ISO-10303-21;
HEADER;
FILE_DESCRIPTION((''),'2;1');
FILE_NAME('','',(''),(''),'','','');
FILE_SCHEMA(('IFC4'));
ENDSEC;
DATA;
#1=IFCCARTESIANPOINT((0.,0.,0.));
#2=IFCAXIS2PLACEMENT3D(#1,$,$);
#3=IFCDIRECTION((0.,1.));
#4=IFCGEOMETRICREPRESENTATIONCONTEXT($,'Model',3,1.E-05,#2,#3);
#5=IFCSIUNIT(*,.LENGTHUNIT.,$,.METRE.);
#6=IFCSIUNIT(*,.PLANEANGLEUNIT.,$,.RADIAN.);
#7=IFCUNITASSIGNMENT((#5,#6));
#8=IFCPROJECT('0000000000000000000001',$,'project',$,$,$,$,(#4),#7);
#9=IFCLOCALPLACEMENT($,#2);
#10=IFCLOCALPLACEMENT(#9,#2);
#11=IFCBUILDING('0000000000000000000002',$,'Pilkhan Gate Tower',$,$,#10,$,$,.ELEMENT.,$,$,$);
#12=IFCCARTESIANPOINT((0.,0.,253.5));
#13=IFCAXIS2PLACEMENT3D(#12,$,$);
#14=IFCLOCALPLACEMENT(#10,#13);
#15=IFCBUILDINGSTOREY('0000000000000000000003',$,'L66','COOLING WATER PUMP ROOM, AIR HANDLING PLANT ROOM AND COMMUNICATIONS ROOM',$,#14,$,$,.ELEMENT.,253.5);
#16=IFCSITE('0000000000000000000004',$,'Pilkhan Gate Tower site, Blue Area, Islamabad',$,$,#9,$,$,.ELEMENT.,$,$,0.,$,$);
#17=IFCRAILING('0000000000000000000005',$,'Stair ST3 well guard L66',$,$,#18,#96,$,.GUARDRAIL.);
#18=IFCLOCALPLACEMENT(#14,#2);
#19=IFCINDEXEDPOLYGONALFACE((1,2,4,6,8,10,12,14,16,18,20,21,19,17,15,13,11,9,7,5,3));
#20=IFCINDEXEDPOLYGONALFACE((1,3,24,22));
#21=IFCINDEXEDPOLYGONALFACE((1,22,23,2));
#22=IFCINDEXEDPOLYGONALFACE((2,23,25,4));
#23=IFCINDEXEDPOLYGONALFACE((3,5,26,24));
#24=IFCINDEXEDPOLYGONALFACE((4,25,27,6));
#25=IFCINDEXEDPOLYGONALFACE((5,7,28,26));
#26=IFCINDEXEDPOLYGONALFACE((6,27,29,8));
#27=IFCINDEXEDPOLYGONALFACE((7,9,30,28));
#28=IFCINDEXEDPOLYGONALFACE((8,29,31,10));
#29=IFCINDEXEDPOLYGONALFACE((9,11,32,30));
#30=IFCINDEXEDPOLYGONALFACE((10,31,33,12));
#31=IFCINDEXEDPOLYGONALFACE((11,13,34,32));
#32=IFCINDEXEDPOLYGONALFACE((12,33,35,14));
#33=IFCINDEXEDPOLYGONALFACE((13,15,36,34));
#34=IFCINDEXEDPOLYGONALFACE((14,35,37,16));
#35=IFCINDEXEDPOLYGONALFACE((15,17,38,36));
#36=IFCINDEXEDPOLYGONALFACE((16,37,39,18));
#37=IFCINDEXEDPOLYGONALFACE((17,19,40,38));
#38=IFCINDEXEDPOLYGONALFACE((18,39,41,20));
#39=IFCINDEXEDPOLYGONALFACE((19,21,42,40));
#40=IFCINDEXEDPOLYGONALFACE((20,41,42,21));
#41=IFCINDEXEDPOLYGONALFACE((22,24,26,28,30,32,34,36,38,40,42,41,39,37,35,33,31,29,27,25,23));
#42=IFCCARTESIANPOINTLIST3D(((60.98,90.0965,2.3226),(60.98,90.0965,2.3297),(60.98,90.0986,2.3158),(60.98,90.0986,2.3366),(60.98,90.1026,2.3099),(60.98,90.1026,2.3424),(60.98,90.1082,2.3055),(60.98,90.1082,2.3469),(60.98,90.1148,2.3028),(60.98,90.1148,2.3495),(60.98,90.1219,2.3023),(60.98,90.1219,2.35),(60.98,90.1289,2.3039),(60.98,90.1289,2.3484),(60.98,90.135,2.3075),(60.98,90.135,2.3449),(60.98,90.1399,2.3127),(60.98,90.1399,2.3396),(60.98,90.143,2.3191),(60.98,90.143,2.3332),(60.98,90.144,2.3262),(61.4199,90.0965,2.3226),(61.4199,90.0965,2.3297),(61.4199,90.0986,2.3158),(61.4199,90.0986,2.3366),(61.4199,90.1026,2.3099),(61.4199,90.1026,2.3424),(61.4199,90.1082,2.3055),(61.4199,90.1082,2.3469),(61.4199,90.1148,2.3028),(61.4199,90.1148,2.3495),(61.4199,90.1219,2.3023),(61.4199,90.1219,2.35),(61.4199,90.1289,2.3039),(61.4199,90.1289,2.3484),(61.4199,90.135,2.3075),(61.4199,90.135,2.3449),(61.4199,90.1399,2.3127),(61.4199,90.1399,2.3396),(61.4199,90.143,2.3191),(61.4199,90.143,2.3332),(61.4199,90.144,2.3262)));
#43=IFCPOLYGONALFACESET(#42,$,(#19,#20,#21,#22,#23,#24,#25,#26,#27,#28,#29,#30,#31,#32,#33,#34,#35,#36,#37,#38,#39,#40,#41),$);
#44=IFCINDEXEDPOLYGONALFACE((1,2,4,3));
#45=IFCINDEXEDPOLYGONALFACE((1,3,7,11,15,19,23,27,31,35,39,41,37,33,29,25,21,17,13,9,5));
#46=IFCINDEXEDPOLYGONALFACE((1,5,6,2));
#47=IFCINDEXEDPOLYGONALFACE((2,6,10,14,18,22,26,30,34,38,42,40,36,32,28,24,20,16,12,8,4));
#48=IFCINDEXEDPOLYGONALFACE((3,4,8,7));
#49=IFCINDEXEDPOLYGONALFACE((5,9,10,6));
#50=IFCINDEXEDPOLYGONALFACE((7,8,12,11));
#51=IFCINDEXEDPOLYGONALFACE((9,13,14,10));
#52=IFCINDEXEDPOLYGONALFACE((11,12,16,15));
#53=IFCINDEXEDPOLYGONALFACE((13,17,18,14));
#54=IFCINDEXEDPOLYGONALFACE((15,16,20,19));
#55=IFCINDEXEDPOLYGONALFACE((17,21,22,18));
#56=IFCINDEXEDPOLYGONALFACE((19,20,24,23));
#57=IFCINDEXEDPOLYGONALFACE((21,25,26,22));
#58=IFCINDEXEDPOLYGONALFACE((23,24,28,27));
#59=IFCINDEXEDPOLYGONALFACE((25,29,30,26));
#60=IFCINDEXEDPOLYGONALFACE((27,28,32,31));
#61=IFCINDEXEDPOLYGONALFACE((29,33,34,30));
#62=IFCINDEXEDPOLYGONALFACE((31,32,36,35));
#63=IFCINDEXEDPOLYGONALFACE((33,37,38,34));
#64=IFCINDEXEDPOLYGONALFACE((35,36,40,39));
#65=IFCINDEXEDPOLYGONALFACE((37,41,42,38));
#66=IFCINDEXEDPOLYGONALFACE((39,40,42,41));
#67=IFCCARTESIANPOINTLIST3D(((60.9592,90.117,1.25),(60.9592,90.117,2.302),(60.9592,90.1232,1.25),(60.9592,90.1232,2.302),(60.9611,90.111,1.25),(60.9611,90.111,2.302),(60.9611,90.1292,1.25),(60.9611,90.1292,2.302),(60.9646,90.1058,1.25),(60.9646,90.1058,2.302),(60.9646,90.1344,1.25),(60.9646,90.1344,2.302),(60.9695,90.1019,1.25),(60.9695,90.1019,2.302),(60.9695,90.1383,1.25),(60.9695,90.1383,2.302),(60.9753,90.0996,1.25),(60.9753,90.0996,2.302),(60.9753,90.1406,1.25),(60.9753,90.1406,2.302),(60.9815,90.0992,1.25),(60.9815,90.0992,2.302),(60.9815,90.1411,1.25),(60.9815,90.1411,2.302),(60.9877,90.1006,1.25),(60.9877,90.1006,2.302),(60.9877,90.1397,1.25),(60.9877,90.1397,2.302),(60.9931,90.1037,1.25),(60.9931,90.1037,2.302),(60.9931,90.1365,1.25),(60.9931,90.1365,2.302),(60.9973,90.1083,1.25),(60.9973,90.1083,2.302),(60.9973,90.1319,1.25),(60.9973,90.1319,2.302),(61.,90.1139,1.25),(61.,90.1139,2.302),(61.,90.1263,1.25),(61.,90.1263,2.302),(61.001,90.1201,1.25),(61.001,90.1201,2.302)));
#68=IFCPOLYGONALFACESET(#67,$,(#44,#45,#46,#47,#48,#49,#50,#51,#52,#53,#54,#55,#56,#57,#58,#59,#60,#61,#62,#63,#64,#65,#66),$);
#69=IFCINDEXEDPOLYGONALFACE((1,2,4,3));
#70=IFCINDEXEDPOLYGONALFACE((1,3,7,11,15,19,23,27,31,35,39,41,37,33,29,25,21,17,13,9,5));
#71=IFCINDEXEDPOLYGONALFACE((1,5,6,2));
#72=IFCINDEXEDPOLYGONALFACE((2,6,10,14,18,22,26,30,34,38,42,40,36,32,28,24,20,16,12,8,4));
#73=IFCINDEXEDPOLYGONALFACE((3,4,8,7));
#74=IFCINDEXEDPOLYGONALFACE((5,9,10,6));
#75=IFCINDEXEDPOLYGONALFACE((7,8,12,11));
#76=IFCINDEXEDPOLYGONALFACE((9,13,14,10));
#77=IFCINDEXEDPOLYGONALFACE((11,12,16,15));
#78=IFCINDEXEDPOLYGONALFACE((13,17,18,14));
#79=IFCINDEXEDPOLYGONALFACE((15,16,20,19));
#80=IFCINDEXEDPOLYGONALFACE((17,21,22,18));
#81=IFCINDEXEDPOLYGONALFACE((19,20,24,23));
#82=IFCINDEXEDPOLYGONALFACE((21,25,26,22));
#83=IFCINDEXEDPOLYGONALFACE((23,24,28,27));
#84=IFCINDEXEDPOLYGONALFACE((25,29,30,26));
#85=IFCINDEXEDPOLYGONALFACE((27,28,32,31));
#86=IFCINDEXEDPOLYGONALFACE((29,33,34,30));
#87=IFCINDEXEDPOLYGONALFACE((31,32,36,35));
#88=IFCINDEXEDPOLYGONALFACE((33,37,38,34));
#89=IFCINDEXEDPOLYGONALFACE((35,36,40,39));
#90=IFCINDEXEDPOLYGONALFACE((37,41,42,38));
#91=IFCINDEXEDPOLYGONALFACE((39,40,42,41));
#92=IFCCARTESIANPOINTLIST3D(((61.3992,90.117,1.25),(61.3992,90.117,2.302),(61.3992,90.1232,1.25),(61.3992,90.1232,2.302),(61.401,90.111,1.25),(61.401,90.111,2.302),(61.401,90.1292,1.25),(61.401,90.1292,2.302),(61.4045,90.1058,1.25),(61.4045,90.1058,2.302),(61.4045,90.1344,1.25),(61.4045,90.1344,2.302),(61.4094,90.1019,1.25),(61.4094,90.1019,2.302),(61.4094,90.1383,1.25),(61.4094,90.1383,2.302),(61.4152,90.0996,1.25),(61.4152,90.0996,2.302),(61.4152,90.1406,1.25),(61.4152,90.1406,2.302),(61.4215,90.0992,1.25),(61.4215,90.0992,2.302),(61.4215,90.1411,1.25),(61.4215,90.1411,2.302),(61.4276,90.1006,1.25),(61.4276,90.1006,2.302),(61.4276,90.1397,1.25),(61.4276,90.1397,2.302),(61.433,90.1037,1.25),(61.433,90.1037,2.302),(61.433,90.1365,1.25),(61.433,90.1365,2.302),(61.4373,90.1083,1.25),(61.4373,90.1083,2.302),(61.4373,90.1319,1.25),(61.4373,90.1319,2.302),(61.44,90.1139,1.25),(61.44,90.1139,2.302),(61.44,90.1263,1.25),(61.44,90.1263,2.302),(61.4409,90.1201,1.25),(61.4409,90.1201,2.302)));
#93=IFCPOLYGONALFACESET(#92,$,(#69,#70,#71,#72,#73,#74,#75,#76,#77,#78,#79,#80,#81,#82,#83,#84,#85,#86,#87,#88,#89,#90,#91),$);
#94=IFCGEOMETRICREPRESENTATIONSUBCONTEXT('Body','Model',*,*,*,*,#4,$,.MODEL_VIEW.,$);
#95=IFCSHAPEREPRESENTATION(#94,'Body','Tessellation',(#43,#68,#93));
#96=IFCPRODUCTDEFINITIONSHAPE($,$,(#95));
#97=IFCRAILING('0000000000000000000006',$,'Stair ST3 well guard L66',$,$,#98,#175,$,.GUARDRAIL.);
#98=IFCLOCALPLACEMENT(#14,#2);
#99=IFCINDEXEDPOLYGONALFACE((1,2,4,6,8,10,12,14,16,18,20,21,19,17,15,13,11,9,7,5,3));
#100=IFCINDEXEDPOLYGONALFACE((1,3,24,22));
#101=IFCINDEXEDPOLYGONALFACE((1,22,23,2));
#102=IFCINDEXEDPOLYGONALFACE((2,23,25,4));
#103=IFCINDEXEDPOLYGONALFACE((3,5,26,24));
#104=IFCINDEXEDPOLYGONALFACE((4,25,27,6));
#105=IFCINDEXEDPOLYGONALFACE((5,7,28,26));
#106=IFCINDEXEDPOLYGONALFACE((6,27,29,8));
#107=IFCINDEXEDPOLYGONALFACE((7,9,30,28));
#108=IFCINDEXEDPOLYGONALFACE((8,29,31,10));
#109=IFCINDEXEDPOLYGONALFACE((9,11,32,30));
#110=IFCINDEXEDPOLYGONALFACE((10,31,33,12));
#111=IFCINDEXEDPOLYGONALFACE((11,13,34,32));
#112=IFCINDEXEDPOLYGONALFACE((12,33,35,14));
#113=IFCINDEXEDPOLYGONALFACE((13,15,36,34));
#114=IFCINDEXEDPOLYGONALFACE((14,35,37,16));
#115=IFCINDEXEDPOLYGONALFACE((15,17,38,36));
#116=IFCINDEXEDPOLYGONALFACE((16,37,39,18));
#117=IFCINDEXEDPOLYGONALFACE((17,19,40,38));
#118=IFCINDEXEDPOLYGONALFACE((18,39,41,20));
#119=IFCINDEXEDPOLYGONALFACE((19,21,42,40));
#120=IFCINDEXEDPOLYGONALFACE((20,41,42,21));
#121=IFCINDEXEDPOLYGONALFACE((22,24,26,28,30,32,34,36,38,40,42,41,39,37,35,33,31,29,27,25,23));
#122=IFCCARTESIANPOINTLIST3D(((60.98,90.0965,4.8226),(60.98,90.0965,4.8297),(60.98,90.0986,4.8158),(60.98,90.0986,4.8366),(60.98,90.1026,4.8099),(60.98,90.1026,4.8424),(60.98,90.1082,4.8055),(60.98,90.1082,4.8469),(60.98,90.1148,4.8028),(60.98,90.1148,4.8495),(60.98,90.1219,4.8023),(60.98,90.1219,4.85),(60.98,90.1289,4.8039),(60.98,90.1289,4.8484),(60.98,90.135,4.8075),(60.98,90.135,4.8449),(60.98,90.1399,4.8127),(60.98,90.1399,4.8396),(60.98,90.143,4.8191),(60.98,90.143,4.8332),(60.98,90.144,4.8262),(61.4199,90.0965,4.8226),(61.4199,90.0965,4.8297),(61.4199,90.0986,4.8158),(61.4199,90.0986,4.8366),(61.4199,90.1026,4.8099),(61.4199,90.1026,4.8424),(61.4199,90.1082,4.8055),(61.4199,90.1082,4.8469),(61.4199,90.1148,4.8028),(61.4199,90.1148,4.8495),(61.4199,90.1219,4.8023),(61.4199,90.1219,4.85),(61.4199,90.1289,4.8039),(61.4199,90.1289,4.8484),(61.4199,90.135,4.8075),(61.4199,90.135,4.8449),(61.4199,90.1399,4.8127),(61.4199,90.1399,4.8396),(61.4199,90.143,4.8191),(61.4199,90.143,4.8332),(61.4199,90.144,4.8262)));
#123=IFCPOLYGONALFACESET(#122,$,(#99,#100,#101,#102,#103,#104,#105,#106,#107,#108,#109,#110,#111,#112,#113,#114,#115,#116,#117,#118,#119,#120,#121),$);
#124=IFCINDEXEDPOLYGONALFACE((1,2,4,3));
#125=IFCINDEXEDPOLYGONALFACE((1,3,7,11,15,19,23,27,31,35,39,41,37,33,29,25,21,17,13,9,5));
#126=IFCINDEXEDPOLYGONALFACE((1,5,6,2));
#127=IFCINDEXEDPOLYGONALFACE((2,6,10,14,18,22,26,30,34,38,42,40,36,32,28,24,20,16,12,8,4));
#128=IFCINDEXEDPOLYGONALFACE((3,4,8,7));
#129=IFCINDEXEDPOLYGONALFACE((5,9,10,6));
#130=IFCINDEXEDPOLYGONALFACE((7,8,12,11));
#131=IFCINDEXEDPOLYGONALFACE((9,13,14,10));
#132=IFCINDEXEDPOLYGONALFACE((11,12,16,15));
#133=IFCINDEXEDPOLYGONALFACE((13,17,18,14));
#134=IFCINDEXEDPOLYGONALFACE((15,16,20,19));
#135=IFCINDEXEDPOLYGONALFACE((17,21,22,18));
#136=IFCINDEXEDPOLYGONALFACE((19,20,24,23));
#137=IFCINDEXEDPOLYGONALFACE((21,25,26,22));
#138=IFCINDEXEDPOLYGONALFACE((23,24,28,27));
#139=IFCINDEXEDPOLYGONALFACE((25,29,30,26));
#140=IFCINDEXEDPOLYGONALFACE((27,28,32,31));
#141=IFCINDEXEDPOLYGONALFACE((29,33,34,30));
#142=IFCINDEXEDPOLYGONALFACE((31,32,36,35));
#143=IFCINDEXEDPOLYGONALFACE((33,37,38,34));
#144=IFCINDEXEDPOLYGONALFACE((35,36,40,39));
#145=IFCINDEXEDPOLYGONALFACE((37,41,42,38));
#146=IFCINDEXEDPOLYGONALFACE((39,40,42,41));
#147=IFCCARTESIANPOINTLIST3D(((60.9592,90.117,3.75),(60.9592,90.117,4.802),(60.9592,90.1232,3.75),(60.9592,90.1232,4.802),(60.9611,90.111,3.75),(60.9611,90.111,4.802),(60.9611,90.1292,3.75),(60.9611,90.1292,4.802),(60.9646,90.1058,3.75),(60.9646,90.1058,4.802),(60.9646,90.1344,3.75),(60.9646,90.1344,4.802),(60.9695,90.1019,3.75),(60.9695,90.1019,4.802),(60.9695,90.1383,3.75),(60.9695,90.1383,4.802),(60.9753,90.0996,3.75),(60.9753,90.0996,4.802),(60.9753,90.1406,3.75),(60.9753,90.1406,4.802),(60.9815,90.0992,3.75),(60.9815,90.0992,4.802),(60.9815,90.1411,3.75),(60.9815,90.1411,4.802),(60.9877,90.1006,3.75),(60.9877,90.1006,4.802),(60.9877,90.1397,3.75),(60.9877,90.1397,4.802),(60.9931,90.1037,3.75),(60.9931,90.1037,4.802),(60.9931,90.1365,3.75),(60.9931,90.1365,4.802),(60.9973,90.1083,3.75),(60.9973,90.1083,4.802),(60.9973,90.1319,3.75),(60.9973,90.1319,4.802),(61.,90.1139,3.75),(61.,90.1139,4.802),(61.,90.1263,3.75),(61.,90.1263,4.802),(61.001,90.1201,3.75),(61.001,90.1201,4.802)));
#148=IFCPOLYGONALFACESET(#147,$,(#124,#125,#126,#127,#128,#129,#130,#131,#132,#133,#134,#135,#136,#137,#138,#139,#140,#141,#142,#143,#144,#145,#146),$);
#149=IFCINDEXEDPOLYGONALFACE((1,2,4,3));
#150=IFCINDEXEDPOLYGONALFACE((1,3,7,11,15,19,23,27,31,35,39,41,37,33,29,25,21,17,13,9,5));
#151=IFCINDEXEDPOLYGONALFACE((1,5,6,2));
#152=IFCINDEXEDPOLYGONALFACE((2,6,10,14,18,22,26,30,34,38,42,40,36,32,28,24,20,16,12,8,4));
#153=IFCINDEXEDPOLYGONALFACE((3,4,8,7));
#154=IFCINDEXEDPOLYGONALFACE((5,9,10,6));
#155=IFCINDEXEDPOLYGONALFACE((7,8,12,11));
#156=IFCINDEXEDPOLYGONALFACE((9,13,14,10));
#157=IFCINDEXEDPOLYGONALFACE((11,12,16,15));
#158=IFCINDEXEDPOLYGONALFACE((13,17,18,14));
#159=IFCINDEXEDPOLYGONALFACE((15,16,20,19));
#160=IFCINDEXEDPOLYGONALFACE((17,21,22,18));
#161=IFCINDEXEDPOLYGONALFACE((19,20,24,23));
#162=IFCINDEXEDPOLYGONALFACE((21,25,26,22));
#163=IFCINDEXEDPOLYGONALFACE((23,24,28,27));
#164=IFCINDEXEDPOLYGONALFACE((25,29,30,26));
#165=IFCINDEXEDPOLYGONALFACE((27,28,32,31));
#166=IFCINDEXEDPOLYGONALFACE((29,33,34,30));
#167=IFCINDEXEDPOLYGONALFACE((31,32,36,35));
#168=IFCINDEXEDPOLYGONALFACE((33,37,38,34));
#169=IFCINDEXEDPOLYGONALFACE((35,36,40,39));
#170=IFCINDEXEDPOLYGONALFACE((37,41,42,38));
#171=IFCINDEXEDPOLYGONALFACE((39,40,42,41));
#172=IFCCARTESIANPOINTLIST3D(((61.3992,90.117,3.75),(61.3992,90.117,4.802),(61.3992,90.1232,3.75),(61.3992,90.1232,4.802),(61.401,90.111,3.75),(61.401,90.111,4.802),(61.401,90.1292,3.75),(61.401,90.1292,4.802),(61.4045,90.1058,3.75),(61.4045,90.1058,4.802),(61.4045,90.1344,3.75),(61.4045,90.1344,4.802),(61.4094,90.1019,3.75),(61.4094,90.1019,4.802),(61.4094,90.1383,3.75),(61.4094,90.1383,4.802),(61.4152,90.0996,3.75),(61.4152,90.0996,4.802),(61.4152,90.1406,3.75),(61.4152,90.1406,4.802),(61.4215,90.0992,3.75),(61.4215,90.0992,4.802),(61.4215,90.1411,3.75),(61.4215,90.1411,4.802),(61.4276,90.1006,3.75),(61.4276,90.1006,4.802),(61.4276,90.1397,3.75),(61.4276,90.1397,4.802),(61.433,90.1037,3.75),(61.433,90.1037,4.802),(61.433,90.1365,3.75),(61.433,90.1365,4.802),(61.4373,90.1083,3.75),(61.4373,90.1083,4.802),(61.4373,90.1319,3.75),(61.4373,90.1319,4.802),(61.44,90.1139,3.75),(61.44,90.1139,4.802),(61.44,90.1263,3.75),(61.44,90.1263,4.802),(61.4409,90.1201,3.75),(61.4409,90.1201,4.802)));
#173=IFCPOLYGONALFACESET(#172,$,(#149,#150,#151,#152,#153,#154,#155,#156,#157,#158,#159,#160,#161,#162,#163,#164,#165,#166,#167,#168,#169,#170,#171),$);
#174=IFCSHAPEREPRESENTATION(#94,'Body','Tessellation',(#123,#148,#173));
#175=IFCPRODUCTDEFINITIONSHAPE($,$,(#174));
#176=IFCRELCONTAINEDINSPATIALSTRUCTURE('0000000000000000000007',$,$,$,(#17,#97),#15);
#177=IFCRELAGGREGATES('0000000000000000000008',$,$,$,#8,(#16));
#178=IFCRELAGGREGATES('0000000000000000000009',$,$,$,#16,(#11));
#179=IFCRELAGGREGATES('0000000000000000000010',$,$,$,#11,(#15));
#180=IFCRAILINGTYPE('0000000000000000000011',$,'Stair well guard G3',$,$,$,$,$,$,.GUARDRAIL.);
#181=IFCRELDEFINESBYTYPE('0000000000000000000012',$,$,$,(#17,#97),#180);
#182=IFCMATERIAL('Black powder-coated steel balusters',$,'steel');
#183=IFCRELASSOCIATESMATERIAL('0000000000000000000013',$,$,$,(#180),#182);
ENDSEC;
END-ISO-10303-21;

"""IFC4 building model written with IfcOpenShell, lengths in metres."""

from ifc_helpers import new_model, si_unit, direction, frame, origin, origin_2d, place, context, subcontext, project, spatial, circle, extrude, material, type_object, element, save


model = new_model("IFC4")

# Units and contexts
model_context = context("Model", 3, precision=1e-05, world=origin(), true_north=direction((0.0, 1.0)))
body_context = subcontext(model_context, "Body", "Model", "MODEL_VIEW")
ifc_project = project(units=[si_unit("LENGTHUNIT", "METRE"), si_unit("PLANEANGLEUNIT", "RADIAN")], contexts=[model_context])

# Site, building, storey
site_placement = place(None, origin())
site = spatial("IfcSite", under=ifc_project, at=site_placement, Name="Pilkhan Gate Tower site, Blue Area, Islamabad", CompositionType="ELEMENT", RefElevation=0.0)
building_placement = place(site_placement, origin())
building = spatial("IfcBuilding", under=site, at=building_placement, Name="Pilkhan Gate Tower", CompositionType="ELEMENT")
storey_placement = place(building_placement, frame((0.0, 0.0, 253.5)))
storey = spatial("IfcBuildingStorey", under=building, at=storey_placement, Name="L66", Description="COOLING WATER PUMP ROOM, AIR HANDLING PLANT ROOM AND COMMUNICATIONS ROOM", CompositionType="ELEMENT", Elevation=253.5)

# Railings
ifc_material_1 = material(Name="Black powder-coated steel balusters", Category="steel")
railing_type_1 = type_object("IfcRailingType", Name="Stair well guard G3", PredefinedType="GUARDRAIL", material=ifc_material_1)
for number, where, name in (
    (1, (60.98, 90.1201, 1.25), "Stair ST3 well guard L66"),
    (2, (60.98, 90.1201, 3.75), "Stair ST3 well guard L66"),
):
    element("IfcRailing", number, at=place(storey_placement, frame(where)), inside=storey, type_object=railing_type_1, Name=name, PredefinedType="GUARDRAIL", context=body_context, shape_type="SweptSolid", body=[
        extrude(circle(Radius=0.0239, at=origin_2d()), frame((0.0, 0.0, 1.0762), z_axis=(1.0, 0.0, 0.0), x_axis=(0.0, 1.0, 0.0)), (0.0, 0.0, 1.0), 0.4399),
        extrude(circle(Radius=0.021, at=origin_2d()), origin(), (0.0, 0.0, 1.0), 1.052),
        extrude(circle(Radius=0.021, at=origin_2d()), frame((0.4399, 0.0, 0.0)), (0.0, 0.0, 1.0), 1.052),
    ])

save(model, "model.ifc")
